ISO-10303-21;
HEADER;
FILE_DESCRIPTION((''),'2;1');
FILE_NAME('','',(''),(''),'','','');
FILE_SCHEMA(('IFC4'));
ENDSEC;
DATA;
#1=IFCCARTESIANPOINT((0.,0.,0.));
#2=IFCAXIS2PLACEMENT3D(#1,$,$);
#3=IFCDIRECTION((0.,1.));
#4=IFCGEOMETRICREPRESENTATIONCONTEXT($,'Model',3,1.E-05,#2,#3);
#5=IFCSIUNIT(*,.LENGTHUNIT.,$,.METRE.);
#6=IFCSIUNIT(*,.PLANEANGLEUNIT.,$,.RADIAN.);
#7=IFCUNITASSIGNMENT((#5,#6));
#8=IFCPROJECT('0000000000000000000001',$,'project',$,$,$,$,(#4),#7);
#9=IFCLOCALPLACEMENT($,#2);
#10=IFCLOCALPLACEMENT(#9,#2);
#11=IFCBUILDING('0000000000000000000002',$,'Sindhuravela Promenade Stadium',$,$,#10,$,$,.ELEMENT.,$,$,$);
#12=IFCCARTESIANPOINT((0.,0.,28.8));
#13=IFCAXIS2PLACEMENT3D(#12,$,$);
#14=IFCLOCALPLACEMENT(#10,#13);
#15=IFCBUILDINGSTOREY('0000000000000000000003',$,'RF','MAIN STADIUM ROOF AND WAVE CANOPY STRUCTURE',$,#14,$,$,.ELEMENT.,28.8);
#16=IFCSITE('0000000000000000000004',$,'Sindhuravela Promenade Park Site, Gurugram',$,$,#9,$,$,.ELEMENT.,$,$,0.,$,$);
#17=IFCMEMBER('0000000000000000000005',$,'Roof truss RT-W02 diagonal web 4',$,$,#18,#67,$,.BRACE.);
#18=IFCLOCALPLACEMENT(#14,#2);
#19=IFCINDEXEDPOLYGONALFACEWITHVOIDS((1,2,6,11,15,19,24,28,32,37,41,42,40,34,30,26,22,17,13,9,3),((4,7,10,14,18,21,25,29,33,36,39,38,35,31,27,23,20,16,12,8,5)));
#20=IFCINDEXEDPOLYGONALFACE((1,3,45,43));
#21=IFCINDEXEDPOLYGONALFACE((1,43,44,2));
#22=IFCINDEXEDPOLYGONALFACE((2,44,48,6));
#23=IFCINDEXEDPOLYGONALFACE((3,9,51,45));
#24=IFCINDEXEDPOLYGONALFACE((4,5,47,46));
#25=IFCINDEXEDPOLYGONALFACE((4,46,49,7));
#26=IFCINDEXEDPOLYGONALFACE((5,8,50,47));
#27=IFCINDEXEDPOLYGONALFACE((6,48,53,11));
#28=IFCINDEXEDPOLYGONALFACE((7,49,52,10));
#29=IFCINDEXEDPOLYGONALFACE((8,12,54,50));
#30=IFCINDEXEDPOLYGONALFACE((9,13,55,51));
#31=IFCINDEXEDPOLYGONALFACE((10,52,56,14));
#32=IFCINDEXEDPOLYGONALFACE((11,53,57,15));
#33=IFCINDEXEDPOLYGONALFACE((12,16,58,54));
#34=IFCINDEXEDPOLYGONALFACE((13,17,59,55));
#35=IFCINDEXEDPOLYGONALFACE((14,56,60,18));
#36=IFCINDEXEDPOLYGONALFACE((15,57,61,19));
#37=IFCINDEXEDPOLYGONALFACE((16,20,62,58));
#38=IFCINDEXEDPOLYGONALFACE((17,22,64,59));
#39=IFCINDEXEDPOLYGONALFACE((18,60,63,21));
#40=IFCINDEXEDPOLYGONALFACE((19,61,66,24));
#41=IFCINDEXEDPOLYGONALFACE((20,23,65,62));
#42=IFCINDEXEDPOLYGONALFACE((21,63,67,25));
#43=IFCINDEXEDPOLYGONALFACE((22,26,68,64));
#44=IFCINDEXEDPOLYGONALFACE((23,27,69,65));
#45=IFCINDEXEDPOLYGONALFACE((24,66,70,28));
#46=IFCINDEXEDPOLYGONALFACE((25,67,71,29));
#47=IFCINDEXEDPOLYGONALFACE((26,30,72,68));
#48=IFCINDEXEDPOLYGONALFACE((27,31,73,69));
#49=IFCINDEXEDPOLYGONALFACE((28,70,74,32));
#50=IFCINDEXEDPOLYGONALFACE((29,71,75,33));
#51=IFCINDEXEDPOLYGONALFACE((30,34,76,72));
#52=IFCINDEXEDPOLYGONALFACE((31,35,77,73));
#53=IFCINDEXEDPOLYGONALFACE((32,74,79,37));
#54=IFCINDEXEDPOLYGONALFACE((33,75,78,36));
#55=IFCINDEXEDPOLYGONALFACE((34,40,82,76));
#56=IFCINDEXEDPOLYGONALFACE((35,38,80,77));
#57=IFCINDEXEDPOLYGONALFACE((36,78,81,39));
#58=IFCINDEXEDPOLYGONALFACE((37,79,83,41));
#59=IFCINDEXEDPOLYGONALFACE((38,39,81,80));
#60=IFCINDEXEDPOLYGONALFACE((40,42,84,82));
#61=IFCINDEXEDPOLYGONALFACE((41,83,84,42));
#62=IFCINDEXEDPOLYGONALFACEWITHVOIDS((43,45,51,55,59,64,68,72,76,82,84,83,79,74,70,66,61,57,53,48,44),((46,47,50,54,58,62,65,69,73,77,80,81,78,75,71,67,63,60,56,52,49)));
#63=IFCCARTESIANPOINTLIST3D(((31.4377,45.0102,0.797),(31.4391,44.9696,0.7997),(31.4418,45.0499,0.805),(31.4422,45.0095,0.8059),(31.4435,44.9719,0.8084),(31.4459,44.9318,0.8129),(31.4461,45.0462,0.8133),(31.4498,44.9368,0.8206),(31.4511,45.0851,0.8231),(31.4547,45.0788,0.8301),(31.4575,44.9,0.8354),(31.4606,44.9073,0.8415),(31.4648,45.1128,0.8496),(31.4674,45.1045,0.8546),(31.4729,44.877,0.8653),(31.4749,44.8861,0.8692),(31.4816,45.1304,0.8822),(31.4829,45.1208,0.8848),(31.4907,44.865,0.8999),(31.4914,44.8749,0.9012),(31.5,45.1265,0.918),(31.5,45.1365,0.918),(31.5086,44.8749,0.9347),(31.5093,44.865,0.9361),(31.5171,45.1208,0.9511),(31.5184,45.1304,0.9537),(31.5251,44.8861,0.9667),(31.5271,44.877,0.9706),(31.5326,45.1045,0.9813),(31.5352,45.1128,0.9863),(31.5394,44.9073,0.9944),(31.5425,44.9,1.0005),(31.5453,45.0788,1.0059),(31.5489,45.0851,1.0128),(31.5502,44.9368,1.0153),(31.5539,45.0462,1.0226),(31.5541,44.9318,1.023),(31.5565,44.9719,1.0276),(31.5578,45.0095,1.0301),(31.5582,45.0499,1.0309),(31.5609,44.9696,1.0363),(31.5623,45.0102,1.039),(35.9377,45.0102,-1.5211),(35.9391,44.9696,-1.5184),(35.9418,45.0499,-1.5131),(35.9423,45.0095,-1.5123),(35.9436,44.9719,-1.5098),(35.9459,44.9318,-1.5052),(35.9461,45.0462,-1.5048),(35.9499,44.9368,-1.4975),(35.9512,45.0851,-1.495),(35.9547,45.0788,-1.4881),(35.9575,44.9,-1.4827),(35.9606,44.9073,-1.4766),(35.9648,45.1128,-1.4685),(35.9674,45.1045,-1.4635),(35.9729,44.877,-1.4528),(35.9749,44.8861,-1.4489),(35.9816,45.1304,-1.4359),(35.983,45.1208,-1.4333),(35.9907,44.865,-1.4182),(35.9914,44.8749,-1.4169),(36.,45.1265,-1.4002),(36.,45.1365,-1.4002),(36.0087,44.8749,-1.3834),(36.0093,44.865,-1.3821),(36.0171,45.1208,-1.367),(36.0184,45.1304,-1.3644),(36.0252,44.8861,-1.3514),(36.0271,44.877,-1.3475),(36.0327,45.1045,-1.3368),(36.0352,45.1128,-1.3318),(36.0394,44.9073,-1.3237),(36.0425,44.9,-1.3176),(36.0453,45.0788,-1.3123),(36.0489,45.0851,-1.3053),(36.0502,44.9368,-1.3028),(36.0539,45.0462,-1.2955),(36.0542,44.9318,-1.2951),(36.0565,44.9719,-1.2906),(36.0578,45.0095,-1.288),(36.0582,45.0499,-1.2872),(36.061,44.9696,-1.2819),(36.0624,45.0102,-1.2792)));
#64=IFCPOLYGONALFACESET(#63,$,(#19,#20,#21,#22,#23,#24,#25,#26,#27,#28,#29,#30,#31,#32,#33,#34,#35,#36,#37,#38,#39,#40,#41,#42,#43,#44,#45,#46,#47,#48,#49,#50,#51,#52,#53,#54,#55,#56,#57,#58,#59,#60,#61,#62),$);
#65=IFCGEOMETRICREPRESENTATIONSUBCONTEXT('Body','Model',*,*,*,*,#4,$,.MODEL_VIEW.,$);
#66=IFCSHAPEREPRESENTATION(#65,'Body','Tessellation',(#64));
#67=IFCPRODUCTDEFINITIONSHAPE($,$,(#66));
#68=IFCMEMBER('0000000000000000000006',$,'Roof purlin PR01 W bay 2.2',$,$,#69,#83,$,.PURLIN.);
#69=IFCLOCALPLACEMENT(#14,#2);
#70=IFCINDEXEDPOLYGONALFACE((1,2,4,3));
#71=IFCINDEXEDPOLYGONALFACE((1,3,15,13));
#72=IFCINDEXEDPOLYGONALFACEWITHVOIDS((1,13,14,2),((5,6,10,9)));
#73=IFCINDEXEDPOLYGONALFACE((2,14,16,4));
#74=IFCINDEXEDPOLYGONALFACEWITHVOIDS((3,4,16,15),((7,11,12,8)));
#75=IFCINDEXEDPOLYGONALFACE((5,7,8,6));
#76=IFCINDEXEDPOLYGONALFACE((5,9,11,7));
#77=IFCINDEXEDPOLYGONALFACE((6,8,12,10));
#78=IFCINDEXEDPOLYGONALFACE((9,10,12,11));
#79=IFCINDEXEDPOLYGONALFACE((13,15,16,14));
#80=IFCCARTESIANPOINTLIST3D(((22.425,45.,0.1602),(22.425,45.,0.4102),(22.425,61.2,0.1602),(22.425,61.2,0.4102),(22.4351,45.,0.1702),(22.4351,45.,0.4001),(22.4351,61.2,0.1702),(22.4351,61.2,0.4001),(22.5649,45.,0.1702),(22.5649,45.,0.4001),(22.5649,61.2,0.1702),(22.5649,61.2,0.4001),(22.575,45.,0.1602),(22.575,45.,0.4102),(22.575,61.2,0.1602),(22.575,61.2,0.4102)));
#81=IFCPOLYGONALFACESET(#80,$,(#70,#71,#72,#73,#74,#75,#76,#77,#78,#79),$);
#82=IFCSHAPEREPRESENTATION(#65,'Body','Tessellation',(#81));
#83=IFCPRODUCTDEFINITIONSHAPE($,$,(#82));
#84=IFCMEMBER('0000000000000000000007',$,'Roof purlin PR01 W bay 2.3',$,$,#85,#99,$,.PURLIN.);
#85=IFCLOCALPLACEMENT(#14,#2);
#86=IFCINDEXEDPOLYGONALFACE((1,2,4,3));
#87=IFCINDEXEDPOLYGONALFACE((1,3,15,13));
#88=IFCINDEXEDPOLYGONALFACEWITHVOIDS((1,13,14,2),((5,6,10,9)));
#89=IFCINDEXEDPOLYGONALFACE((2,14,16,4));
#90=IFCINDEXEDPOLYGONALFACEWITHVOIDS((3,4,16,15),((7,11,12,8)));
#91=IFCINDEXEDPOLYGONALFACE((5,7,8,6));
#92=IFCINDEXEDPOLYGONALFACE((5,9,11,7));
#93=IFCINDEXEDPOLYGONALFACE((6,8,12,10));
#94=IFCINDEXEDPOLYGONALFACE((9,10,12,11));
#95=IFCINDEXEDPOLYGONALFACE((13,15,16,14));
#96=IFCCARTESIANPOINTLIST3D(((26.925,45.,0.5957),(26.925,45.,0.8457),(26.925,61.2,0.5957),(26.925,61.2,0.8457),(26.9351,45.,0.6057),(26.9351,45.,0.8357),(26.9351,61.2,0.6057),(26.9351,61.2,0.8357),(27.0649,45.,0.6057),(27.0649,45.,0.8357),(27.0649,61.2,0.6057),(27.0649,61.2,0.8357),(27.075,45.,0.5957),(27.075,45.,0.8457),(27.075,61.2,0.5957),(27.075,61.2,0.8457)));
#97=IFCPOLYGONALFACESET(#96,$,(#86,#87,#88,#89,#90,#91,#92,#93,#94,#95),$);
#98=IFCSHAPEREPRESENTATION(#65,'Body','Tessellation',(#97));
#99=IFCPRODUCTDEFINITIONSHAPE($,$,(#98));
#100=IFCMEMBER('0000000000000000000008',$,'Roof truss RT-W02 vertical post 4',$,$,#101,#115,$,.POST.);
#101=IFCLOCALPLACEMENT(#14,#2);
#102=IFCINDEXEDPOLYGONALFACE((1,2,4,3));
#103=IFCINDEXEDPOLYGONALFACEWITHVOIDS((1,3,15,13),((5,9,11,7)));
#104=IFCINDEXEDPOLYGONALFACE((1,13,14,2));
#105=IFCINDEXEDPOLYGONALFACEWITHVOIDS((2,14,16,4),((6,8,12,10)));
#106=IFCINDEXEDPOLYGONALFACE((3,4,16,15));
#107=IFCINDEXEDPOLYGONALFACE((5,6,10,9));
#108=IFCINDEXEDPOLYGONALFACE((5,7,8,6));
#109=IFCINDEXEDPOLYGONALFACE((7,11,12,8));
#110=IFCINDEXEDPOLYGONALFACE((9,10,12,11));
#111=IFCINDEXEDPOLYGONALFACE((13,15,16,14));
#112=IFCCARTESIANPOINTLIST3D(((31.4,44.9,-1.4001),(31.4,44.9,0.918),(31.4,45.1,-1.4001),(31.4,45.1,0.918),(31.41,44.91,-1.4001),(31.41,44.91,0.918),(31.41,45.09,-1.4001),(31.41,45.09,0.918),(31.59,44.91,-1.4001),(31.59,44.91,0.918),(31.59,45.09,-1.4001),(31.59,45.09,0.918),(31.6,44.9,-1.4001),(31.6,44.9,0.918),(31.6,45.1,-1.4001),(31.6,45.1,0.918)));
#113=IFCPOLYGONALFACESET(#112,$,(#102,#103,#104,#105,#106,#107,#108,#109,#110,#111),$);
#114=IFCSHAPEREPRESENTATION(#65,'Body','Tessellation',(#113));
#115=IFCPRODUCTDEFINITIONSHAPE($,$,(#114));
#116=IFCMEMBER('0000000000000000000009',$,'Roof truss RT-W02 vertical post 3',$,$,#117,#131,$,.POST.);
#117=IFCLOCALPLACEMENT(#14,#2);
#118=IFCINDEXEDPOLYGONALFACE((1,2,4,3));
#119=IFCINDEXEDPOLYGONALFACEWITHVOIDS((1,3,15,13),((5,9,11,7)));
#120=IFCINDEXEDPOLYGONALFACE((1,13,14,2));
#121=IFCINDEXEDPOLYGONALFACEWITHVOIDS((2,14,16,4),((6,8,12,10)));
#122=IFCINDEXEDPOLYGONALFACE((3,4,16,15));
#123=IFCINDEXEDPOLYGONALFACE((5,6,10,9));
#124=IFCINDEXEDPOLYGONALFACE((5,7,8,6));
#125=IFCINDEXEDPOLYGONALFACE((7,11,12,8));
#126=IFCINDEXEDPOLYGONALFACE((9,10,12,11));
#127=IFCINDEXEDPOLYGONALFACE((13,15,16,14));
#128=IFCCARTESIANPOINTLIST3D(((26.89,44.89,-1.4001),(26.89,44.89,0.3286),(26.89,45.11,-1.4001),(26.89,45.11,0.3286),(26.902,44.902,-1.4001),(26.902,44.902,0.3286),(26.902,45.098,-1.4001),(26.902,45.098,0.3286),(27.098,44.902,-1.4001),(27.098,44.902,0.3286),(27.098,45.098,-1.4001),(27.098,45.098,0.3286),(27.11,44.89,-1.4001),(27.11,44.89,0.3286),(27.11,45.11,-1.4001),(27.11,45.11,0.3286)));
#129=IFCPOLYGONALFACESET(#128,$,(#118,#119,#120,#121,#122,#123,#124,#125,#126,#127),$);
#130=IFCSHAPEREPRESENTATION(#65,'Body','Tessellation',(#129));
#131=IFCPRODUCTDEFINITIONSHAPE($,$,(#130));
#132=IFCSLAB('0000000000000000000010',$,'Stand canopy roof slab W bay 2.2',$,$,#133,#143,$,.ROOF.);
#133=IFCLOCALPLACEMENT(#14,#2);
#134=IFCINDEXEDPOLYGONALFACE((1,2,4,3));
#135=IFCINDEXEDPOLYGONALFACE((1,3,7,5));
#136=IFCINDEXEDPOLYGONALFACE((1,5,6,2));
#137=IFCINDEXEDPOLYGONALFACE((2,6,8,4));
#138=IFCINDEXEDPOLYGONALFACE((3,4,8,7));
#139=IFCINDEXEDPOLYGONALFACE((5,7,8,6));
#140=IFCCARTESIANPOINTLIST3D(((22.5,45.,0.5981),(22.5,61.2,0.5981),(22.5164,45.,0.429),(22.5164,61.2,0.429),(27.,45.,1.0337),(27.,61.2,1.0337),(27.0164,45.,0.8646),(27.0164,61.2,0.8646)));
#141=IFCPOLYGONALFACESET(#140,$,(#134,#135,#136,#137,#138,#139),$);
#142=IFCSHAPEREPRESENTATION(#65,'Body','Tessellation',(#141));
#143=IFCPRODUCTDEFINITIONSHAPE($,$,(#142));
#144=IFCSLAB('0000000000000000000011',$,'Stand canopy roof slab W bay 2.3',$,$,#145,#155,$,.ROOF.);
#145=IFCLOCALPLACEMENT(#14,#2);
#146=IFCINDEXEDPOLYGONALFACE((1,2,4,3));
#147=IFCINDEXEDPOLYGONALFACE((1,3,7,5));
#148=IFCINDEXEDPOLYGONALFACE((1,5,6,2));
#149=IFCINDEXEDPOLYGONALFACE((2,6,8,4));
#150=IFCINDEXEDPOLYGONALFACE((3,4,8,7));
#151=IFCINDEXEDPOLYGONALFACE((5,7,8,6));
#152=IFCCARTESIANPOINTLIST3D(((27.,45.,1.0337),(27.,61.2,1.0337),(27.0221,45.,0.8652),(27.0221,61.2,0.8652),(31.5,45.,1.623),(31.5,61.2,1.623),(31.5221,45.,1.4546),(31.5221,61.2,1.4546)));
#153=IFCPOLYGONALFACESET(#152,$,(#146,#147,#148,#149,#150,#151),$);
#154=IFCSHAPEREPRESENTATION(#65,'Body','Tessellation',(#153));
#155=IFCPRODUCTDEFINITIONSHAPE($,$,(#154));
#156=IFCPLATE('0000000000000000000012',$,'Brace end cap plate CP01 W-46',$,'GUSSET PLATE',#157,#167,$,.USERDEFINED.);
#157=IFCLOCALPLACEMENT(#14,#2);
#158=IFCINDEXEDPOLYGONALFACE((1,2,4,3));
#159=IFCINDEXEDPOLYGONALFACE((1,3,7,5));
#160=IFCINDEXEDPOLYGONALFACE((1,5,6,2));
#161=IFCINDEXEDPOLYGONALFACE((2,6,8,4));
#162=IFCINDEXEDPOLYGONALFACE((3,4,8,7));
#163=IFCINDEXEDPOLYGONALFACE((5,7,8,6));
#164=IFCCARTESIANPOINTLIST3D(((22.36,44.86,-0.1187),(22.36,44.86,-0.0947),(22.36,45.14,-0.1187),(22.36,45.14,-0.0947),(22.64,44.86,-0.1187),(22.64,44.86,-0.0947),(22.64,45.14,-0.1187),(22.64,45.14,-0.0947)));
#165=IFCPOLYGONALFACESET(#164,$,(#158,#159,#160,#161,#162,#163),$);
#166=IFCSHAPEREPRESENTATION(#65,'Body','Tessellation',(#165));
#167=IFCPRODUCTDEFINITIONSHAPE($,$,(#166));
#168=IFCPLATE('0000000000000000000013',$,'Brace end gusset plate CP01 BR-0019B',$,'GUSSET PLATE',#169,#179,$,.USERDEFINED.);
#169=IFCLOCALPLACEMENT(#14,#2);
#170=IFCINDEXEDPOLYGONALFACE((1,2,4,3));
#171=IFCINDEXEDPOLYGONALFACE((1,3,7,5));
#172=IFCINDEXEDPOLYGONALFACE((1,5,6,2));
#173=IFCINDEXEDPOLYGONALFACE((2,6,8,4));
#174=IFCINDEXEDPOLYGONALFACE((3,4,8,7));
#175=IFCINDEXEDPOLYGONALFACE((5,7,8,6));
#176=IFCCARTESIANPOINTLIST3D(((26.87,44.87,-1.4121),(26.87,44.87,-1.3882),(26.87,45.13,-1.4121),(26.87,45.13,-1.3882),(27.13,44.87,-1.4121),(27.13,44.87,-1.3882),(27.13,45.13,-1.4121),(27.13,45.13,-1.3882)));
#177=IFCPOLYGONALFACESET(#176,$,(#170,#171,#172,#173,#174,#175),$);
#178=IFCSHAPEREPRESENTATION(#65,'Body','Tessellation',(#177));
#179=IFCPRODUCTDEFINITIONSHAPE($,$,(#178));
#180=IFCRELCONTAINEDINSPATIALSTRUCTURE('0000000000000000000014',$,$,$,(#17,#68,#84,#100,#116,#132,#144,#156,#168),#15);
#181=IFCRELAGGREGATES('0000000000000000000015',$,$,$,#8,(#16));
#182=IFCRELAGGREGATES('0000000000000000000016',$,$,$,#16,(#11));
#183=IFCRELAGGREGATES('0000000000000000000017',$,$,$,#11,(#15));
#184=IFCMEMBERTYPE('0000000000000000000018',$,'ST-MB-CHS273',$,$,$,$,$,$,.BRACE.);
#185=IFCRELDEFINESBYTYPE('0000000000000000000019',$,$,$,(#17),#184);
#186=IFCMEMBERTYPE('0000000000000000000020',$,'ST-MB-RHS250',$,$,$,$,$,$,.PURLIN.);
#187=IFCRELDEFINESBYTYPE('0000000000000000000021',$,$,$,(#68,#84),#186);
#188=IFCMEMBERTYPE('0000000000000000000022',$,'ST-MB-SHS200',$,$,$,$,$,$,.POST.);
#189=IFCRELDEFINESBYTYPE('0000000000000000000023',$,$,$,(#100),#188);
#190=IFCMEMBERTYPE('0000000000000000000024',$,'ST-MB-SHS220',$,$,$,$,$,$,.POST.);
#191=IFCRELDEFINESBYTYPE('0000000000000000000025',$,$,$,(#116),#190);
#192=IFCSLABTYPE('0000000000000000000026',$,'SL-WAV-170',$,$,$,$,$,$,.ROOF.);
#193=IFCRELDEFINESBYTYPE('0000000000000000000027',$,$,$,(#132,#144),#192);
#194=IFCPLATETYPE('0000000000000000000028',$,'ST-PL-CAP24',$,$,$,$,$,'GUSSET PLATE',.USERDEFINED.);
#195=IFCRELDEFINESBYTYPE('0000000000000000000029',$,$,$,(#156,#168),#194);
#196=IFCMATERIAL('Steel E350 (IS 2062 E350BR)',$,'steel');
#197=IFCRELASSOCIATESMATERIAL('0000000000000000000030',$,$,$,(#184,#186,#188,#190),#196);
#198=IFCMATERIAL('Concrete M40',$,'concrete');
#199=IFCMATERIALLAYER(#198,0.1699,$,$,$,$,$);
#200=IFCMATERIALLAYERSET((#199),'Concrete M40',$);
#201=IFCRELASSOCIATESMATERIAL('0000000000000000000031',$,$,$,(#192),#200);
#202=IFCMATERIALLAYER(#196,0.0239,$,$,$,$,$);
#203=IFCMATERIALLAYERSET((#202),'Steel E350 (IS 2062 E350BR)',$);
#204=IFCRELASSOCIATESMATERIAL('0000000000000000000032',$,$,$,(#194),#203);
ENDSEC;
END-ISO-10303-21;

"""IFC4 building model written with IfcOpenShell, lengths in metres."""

from ifc_helpers import new_model, si_unit, direction, frame, origin, origin_2d, place, context, subcontext, project, spatial, polyline, rectangle, hollow_rectangle, hollow_circle, outline, extrude, material, layer, layer_set, material_profile, profile_set, type_object, element, save


model = new_model("IFC4")

# Units and contexts
model_context = context("Model", 3, precision=1e-05, world=origin(), true_north=direction((0.0, 1.0)))
body_context = subcontext(model_context, "Body", "Model", "MODEL_VIEW")
ifc_project = project(units=[si_unit("LENGTHUNIT", "METRE"), si_unit("PLANEANGLEUNIT", "RADIAN")], contexts=[model_context])

# Site, building, storey
site_placement = place(None, origin())
site = spatial("IfcSite", under=ifc_project, at=site_placement, Name="Sindhuravela Promenade Park Site, Gurugram", CompositionType="ELEMENT", RefElevation=0.0)
building_placement = place(site_placement, origin())
building = spatial("IfcBuilding", under=site, at=building_placement, Name="Sindhuravela Promenade Stadium", CompositionType="ELEMENT")
storey_placement = place(building_placement, frame((0.0, 0.0, 28.8)))
storey = spatial("IfcBuildingStorey", under=building, at=storey_placement, Name="RF", Description="MAIN STADIUM ROOF AND WAVE CANOPY STRUCTURE", CompositionType="ELEMENT", Elevation=28.8)

# Shared definitions
ifc_material_1 = material(Name="Concrete M40", Category="concrete")
ifc_material_2 = material(Name="Steel E350 (IS 2062 E350BR)", Category="steel")

# Members
ifc_material_profile_1 = material_profile(ifc_material_2, hollow_circle(Radius=0.1365, WallThickness=0.01, at=origin_2d()), Name="CHS 273.0x10")
ifc_profile_set_1 = profile_set([ifc_material_profile_1], Name="Steel E350 (IS 2062 E350BR)")
member_type_1 = type_object("IfcMemberType", Name="ST-MB-CHS273", PredefinedType="BRACE", material=ifc_profile_set_1)
for number, where, z_axis, x_axis, name in (
    (1, (31.5, 45.0, 0.918), (0.88898, 0.0, -0.457946), (0.0, 1.0, 0.0), "Roof truss RT-W02 diagonal web 4"),
):
    element("IfcMember", number, at=place(storey_placement, frame(where, z_axis=z_axis, x_axis=x_axis)), inside=storey, type_object=member_type_1, Name=name, PredefinedType="BRACE", context=body_context, shape_type="SweptSolid", body=[
        extrude(hollow_circle(Radius=0.1365, WallThickness=0.01, at=origin_2d()), origin(), (0.0, 0.0, 1.0), 5.062),
    ])
ifc_material_profile_2 = material_profile(ifc_material_2, hollow_rectangle(XDim=0.1499, YDim=0.25, WallThickness=0.01, at=origin_2d()), Name="RHS 250x150x10")
ifc_profile_set_2 = profile_set([ifc_material_profile_2], Name="Steel E350 (IS 2062 E350BR)")
member_type_2 = type_object("IfcMemberType", Name="ST-MB-RHS250", PredefinedType="PURLIN", material=ifc_profile_set_2)
for number, where, z_axis, x_axis, name in (
    (2, (22.5, 45.0, 0.2852), (0.0, 1.0, 0.0), (-1.0, 0.0, 0.0), "Roof purlin PR01 W bay 2.2"),
    (3, (27.0, 45.0, 0.7207), (0.0, 1.0, 0.0), (-1.0, 0.0, 0.0), "Roof purlin PR01 W bay 2.3"),
):
    element("IfcMember", number, at=place(storey_placement, frame(where, z_axis=z_axis, x_axis=x_axis)), inside=storey, type_object=member_type_2, Name=name, PredefinedType="PURLIN", context=body_context, shape_type="SweptSolid", body=[
        extrude(hollow_rectangle(XDim=0.1499, YDim=0.25, WallThickness=0.01, at=origin_2d()), origin(), (0.0, 0.0, 1.0), 16.2),
    ])
ifc_material_profile_3 = material_profile(ifc_material_2, hollow_rectangle(XDim=0.2, YDim=0.2, WallThickness=0.01, at=origin_2d()), Name="SHS 200x200x10")
ifc_profile_set_3 = profile_set([ifc_material_profile_3], Name="Steel E350 (IS 2062 E350BR)")
member_type_3 = type_object("IfcMemberType", Name="ST-MB-SHS200", PredefinedType="POST", material=ifc_profile_set_3)
member_1_placement = place(storey_placement, frame((31.5, 45.0, -1.4001), z_axis=(0.0, 0.0, 1.0), x_axis=(1.0, 0.0, 0.0)))
element("IfcMember", 4, at=member_1_placement, inside=storey, type_object=member_type_3, Name="Roof truss RT-W02 vertical post 4", PredefinedType="POST", context=body_context, shape_type="SweptSolid", body=[
    extrude(hollow_rectangle(XDim=0.2, YDim=0.2, WallThickness=0.01, at=origin_2d()), origin(), (0.0, 0.0, 1.0), 2.3181),
])
ifc_material_profile_4 = material_profile(ifc_material_2, hollow_rectangle(XDim=0.22, YDim=0.22, WallThickness=0.012, at=origin_2d()), Name="SHS 220x220x12")
ifc_profile_set_4 = profile_set([ifc_material_profile_4], Name="Steel E350 (IS 2062 E350BR)")
member_type_4 = type_object("IfcMemberType", Name="ST-MB-SHS220", PredefinedType="POST", material=ifc_profile_set_4)
member_2_placement = place(storey_placement, frame((27.0, 45.0, -1.4001), z_axis=(0.0, 0.0, 1.0), x_axis=(1.0, 0.0, 0.0)))
element("IfcMember", 5, at=member_2_placement, inside=storey, type_object=member_type_4, Name="Roof truss RT-W02 vertical post 3", PredefinedType="POST", context=body_context, shape_type="SweptSolid", body=[
    extrude(hollow_rectangle(XDim=0.22, YDim=0.22, WallThickness=0.012, at=origin_2d()), origin(), (0.0, 0.0, 1.0), 1.7288),
])

# Slabs
ifc_layer_1 = layer(ifc_material_1, 0.1699)
ifc_layer_set_1 = layer_set([ifc_layer_1], Name="Concrete M40")
slab_type = type_object("IfcSlabType", Name="SL-WAV-170", PredefinedType="ROOF", material=ifc_layer_set_1)
slab_1_placement = place(storey_placement, frame((22.5, 45.0, 0.5981), z_axis=(-0.096338, 0.0, 0.995349), x_axis=(0.0, 1.0, 0.0)))
element("IfcSlab", 6, at=slab_1_placement, inside=storey, type_object=slab_type, Name="Stand canopy roof slab W bay 2.2", PredefinedType="ROOF", context=body_context, shape_type="SweptSolid", body=[
    extrude(outline(polyline([(0.0, 0.0), (0.0, -4.521), (16.2, -4.521), (16.2, 0.0), (0.0, 0.0)])), origin(), (0.0, 0.0, -1.0), 0.1699),
])
slab_2_placement = place(storey_placement, frame((27.0, 45.0, 1.0337), z_axis=(-0.129859, 0.0, 0.991532), x_axis=(0.0, 1.0, 0.0)))
element("IfcSlab", 7, at=slab_2_placement, inside=storey, type_object=slab_type, Name="Stand canopy roof slab W bay 2.3", PredefinedType="ROOF", context=body_context, shape_type="SweptSolid", body=[
    extrude(outline(polyline([(0.0, 0.0), (0.0, -4.5384), (16.2, -4.5384), (16.2, 0.0), (0.0, 0.0)])), origin(), (0.0, 0.0, -1.0), 0.1699),
])

# Plates
ifc_layer_2 = layer(ifc_material_2, 0.0239)
ifc_layer_set_2 = layer_set([ifc_layer_2], Name="Steel E350 (IS 2062 E350BR)")
plate_type = type_object("IfcPlateType", Name="ST-PL-CAP24", ElementType="GUSSET PLATE", PredefinedType="USERDEFINED", material=ifc_layer_set_2)
plate_1_placement = place(storey_placement, frame((22.5, 45.0, -0.1187), z_axis=(0.0, 0.0, 1.0), x_axis=(1.0, 0.0, 0.0)))
element("IfcPlate", 8, at=plate_1_placement, inside=storey, type_object=plate_type, Name="Brace end cap plate CP01 W-46", ObjectType="GUSSET PLATE", PredefinedType="USERDEFINED", context=body_context, shape_type="SweptSolid", body=[
    extrude(rectangle(XDim=0.28, YDim=0.28, at=origin_2d()), origin(), (0.0, 0.0, 1.0), 0.0239),
])
plate_2_placement = place(storey_placement, frame((27.0, 45.0, -1.4121), z_axis=(0.0, 0.0, 1.0), x_axis=(1.0, 0.0, 0.0)))
element("IfcPlate", 9, at=plate_2_placement, inside=storey, type_object=plate_type, Name="Brace end gusset plate CP01 BR-0019B", ObjectType="GUSSET PLATE", PredefinedType="USERDEFINED", context=body_context, shape_type="SweptSolid", body=[
    extrude(rectangle(XDim=0.26, YDim=0.26, at=origin_2d()), origin(), (0.0, 0.0, 1.0), 0.0239),
])

save(model, "model.ifc")
